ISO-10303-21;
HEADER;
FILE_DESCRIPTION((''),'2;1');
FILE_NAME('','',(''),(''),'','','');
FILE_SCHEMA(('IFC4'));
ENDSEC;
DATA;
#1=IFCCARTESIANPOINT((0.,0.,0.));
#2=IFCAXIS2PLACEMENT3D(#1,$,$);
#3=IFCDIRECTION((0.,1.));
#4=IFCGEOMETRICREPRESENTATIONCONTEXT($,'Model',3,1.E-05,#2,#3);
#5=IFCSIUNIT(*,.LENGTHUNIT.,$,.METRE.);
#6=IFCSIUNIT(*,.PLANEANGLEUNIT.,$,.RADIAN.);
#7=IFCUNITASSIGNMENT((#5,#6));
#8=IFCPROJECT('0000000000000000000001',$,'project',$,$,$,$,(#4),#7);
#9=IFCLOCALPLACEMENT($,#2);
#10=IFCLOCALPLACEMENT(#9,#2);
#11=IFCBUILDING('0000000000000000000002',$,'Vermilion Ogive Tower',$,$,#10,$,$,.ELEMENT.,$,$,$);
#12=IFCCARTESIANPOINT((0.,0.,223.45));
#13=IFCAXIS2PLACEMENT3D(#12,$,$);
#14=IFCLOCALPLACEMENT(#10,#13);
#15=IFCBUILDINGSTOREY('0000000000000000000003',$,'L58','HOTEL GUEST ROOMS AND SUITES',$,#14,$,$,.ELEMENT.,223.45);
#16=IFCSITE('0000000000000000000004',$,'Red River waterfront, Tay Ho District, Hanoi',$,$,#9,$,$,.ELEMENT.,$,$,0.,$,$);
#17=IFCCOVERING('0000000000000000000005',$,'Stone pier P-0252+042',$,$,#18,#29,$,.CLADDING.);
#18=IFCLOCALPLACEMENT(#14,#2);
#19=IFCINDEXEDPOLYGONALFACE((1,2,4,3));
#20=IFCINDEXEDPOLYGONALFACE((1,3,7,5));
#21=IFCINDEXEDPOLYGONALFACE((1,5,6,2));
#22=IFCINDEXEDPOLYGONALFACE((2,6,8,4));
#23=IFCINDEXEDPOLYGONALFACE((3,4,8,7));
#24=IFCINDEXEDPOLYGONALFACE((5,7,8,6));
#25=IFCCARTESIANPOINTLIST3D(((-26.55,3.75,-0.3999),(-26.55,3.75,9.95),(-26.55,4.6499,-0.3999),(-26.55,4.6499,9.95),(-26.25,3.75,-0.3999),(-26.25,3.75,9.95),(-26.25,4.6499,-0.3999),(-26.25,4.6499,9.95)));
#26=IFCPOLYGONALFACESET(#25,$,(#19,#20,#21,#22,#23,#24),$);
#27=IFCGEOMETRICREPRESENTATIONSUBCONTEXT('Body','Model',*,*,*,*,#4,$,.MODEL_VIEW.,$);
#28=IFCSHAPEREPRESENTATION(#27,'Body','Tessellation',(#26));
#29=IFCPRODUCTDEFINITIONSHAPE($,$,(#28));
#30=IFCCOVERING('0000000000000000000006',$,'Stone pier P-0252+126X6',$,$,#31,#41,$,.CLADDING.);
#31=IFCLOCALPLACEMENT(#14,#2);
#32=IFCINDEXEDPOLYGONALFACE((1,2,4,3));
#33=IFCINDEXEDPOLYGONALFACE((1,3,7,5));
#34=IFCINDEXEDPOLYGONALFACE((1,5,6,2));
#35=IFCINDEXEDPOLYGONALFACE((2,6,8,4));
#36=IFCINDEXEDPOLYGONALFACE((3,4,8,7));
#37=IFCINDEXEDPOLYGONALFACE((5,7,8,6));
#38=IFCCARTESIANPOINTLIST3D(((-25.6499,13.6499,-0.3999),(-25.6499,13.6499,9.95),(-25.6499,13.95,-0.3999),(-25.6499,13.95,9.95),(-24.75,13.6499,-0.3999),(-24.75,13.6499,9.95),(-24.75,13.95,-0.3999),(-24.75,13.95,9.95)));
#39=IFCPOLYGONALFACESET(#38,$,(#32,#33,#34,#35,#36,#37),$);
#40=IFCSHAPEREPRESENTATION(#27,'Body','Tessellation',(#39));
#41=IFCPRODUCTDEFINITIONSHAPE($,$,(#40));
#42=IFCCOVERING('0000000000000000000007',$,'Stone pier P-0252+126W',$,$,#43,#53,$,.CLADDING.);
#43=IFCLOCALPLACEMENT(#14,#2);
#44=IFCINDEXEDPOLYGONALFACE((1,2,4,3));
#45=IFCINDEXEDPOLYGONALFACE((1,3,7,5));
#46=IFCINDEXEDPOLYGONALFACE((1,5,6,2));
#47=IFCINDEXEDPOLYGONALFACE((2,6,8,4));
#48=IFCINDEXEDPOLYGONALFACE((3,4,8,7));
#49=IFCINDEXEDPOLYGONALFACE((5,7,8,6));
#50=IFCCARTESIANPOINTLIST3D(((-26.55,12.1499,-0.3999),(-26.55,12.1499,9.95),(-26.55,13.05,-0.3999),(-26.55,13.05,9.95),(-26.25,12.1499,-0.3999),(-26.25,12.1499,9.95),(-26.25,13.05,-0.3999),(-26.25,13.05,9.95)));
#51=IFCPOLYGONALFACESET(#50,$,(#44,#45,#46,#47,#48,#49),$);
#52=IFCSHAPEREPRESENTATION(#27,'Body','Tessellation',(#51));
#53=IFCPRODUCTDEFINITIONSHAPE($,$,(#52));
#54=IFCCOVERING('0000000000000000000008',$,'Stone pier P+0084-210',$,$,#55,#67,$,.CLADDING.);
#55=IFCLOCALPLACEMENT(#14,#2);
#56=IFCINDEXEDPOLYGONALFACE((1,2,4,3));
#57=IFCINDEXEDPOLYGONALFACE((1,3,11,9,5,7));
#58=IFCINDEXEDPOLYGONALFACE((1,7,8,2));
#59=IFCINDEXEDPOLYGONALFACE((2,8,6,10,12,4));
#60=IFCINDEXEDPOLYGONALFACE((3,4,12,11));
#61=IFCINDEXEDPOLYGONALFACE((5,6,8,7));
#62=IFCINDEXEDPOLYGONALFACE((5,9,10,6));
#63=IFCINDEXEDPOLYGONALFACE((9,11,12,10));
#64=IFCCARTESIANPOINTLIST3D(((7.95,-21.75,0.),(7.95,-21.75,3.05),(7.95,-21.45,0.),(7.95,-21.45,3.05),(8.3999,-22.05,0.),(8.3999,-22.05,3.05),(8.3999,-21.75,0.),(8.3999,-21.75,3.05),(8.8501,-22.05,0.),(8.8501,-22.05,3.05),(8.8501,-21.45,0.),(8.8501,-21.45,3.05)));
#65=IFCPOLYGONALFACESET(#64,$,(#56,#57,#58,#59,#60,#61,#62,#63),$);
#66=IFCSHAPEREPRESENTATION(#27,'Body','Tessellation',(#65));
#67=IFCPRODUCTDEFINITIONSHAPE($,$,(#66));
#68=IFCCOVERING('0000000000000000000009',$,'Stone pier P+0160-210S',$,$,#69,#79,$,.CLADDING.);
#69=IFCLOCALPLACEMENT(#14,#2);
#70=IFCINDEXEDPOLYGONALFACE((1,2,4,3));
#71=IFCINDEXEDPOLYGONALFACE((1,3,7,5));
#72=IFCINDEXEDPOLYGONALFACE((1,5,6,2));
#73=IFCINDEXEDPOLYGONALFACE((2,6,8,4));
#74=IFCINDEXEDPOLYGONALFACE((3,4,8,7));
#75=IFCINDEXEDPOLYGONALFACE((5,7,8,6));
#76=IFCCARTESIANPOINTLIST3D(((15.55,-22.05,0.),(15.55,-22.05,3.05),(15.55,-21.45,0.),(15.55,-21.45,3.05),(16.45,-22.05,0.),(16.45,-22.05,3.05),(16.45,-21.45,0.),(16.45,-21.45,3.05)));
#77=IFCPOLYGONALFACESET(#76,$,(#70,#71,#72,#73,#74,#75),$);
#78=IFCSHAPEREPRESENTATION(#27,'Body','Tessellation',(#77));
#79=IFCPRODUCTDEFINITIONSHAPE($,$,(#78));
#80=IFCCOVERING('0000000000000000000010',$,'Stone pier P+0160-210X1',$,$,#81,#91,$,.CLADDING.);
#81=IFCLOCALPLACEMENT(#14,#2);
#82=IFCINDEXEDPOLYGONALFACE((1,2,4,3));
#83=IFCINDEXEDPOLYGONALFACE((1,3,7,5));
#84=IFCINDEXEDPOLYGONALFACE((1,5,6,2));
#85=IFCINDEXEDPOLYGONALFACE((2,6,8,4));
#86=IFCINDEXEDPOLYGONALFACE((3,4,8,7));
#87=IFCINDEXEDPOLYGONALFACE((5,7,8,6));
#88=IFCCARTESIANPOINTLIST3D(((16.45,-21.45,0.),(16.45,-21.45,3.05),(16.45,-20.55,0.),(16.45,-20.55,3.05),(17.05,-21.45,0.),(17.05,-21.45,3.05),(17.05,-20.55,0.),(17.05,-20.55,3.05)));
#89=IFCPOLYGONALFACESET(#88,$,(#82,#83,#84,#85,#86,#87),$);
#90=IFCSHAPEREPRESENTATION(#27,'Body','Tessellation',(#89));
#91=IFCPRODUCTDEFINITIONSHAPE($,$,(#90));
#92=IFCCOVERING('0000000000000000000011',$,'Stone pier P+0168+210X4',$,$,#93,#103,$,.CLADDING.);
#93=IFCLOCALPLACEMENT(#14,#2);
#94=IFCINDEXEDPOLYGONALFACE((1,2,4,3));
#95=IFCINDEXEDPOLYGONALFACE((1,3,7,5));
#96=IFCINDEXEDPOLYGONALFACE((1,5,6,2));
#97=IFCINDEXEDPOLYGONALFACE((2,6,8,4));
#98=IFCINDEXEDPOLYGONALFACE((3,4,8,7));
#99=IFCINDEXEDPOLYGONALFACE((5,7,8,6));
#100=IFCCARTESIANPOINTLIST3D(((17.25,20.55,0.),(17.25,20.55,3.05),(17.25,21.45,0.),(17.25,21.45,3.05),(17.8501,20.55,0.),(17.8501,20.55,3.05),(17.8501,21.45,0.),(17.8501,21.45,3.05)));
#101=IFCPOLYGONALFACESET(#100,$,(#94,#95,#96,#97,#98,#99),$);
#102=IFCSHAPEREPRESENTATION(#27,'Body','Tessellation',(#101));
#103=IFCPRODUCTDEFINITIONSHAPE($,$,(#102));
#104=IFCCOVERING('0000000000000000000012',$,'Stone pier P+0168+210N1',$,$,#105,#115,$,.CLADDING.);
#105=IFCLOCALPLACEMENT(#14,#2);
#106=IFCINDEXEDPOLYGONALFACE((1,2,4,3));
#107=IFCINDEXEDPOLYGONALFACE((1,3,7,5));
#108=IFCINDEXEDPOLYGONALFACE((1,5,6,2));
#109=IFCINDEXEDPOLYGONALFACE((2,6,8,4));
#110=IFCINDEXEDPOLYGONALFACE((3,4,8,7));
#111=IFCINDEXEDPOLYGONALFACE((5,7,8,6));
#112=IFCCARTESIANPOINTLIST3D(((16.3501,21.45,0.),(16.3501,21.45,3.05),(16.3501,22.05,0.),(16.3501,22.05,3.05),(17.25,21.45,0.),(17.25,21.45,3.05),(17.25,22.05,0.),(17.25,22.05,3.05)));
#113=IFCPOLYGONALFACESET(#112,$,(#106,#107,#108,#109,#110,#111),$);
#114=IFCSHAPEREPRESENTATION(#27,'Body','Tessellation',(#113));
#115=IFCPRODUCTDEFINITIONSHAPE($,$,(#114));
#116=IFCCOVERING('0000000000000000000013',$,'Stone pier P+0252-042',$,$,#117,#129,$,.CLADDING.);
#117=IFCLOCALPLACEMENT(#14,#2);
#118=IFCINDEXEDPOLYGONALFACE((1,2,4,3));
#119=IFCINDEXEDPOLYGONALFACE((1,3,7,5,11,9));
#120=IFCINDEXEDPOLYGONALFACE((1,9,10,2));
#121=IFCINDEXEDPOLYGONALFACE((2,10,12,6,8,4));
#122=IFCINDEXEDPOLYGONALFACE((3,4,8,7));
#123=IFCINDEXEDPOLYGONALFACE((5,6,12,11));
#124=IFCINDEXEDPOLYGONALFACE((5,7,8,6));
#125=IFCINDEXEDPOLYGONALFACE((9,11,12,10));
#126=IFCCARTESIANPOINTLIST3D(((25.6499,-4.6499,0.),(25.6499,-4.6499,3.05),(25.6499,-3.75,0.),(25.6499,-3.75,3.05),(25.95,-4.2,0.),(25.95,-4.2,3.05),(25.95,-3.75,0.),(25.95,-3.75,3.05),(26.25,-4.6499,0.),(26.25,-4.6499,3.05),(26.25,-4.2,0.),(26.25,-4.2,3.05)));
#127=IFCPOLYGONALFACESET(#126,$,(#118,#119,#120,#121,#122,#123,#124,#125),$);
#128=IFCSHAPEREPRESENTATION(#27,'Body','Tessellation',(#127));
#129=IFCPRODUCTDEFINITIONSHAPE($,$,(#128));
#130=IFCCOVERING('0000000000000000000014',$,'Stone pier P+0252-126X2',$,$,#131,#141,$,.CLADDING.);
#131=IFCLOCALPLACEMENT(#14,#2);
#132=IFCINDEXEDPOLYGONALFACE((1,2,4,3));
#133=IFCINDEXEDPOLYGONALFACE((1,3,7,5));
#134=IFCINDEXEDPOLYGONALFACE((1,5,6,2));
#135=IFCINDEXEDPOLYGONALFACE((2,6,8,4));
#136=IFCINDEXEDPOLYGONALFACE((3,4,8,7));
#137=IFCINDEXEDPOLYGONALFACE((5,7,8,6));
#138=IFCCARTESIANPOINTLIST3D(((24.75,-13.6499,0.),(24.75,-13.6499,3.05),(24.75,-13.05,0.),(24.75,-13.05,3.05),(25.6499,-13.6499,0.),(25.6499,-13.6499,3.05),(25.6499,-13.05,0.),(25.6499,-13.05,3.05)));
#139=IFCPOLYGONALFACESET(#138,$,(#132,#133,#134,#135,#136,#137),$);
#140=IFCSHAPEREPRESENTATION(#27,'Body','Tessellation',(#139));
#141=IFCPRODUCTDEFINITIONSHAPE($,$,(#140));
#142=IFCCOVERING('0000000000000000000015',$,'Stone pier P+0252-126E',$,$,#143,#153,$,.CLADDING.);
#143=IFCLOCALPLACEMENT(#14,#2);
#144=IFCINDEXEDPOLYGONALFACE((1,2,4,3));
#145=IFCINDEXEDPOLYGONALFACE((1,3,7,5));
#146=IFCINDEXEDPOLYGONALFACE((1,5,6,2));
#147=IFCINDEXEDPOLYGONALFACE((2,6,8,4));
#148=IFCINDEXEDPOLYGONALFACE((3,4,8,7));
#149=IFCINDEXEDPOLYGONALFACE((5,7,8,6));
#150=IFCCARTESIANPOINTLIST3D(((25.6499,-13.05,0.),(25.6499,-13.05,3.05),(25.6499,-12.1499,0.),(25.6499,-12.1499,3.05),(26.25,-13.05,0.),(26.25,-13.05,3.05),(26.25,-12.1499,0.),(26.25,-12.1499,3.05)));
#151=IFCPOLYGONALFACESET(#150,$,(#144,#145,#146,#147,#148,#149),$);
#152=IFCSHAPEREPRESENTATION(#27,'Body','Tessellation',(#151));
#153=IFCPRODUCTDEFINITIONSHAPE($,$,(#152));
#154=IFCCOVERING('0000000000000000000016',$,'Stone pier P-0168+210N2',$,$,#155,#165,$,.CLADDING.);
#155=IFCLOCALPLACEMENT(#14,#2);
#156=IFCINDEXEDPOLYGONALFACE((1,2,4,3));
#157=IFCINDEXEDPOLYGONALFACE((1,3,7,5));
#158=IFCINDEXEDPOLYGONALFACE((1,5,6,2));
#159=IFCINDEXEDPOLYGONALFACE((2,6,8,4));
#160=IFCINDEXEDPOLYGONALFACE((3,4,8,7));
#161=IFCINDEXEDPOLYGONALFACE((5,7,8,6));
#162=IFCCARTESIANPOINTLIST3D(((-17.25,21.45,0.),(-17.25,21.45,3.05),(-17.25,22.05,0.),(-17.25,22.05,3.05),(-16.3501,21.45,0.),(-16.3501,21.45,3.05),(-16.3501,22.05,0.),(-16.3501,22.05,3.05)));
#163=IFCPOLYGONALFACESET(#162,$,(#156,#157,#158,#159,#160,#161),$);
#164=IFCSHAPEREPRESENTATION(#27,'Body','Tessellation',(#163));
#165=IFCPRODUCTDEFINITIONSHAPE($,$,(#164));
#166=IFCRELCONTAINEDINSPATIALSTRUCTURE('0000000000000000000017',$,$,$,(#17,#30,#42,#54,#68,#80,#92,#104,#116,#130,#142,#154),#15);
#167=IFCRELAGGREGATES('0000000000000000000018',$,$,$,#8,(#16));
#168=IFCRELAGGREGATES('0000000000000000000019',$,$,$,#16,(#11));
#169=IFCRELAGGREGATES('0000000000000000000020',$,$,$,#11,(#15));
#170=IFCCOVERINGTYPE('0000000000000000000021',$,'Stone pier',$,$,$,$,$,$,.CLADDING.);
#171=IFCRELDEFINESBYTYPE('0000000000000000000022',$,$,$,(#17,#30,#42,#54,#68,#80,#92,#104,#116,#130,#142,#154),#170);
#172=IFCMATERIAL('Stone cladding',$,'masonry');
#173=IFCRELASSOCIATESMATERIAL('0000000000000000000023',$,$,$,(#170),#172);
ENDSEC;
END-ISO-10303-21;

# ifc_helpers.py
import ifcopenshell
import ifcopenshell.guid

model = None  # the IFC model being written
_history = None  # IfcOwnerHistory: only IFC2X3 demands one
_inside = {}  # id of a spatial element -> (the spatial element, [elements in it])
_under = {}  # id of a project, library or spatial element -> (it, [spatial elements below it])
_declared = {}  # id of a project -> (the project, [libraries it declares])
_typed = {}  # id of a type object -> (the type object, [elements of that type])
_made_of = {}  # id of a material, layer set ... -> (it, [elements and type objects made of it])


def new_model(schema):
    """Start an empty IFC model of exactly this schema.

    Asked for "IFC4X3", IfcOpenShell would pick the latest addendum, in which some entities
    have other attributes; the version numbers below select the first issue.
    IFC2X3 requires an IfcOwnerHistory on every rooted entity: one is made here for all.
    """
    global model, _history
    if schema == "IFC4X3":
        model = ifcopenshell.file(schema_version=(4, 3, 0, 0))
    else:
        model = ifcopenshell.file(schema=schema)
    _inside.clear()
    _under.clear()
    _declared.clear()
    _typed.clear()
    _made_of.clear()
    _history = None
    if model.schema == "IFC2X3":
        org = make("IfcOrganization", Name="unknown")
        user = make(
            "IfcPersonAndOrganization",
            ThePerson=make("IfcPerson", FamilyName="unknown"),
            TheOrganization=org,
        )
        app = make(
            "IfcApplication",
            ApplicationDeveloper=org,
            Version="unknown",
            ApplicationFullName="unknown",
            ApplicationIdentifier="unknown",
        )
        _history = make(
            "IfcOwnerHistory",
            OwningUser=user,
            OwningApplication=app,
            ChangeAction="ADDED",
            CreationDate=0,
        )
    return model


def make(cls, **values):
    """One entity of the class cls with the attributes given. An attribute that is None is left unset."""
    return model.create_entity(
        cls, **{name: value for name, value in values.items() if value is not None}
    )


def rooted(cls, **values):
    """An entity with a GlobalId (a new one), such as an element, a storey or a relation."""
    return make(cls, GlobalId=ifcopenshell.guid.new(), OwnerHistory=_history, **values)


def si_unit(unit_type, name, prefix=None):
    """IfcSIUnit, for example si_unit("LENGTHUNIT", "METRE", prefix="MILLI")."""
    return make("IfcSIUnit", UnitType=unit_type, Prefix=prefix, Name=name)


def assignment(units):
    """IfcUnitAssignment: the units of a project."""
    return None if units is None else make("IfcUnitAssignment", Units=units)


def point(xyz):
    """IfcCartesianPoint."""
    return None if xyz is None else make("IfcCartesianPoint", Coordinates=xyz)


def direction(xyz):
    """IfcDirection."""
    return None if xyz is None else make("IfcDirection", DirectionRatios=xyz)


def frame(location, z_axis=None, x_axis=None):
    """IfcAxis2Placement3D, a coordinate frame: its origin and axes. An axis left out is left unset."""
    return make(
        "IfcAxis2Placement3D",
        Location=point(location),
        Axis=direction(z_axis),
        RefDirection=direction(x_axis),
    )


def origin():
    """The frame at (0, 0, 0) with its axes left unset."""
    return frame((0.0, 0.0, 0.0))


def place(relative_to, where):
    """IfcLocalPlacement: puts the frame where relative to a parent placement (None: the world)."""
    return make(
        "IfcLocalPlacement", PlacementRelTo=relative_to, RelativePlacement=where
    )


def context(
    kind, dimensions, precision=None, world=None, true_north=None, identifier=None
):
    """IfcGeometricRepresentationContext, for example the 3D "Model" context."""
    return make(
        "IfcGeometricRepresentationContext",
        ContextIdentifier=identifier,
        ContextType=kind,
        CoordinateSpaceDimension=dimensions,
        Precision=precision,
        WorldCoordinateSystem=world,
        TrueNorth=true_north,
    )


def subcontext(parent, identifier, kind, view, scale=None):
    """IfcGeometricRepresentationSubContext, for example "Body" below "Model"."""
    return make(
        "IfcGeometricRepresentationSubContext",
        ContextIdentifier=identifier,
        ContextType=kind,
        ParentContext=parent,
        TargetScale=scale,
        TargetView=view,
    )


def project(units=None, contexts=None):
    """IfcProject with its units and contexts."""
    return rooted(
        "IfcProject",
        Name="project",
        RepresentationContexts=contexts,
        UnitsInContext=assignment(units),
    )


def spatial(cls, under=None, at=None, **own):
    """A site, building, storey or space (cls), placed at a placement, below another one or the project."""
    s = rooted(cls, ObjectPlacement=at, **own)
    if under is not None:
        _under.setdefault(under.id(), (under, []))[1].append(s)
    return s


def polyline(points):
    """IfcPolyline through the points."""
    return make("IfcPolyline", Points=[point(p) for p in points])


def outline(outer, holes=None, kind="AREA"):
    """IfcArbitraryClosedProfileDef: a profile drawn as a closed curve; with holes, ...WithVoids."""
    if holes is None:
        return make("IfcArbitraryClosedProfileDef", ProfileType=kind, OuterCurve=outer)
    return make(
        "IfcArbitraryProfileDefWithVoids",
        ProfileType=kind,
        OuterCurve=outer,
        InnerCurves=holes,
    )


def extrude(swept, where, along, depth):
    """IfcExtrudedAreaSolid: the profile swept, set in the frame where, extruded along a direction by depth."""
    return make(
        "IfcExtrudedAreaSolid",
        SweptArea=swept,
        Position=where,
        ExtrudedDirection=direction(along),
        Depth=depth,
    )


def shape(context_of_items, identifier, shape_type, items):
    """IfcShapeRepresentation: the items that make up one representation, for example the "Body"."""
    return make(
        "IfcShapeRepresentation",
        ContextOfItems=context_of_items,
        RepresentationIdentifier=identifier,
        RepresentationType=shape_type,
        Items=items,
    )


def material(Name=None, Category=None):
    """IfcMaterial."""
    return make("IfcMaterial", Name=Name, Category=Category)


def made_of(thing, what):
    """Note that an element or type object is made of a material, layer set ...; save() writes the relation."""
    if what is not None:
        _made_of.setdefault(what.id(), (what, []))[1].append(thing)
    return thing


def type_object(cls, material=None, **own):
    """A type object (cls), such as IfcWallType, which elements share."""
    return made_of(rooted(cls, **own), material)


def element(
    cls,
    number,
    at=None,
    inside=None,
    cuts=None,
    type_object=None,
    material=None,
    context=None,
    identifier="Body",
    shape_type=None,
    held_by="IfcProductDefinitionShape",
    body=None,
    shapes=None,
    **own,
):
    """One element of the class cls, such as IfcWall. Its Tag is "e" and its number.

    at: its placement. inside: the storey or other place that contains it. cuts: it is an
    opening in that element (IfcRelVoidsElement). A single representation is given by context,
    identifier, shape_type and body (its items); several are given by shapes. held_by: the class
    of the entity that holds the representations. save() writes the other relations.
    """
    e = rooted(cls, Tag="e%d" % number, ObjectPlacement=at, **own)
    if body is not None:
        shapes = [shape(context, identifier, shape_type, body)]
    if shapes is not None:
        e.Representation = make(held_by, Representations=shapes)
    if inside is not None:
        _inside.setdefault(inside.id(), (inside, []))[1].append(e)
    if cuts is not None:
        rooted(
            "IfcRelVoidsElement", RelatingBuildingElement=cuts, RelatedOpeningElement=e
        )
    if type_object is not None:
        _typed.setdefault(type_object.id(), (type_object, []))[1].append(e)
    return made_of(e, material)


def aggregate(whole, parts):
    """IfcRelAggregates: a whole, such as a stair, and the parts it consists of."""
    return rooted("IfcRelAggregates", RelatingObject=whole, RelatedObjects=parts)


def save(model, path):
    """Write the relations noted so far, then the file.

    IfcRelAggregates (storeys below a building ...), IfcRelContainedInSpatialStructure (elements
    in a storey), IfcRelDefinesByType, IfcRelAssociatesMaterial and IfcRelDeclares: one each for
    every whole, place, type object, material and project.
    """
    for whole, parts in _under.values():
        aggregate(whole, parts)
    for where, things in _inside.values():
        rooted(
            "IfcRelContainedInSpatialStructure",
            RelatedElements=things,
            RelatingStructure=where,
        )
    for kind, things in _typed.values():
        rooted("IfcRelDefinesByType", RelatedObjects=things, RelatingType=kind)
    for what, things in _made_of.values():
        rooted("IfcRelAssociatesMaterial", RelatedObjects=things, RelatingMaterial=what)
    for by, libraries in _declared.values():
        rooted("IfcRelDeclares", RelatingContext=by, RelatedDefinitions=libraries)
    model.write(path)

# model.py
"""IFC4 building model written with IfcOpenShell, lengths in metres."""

from ifc_helpers import new_model, si_unit, direction, frame, origin, place, context, subcontext, project, spatial, polyline, outline, extrude, material, type_object, element, save


model = new_model("IFC4")

# Units and contexts
model_context = context("Model", 3, precision=1e-05, world=origin(), true_north=direction((0.0, 1.0)))
body_context = subcontext(model_context, "Body", "Model", "MODEL_VIEW")
ifc_project = project(units=[si_unit("LENGTHUNIT", "METRE"), si_unit("PLANEANGLEUNIT", "RADIAN")], contexts=[model_context])

# Site, building, storey
site_placement = place(None, origin())
site = spatial("IfcSite", under=ifc_project, at=site_placement, Name="Red River waterfront, Tay Ho District, Hanoi", CompositionType="ELEMENT", RefElevation=0.0)
building_placement = place(site_placement, origin())
building = spatial("IfcBuilding", under=site, at=building_placement, Name="Vermilion Ogive Tower", CompositionType="ELEMENT")
storey_placement = place(building_placement, frame((0.0, 0.0, 223.45)))
storey = spatial("IfcBuildingStorey", under=building, at=storey_placement, Name="L58", Description="HOTEL GUEST ROOMS AND SUITES", CompositionType="ELEMENT", Elevation=223.45)

# Coverings
ifc_material_1 = material(Name="Stone cladding", Category="masonry")
covering_type_1 = type_object("IfcCoveringType", Name="Stone pier", PredefinedType="CLADDING", material=ifc_material_1)
covering_1_placement = place(storey_placement, frame((0.0, 0.0, -0.3999)))
element("IfcCovering", 1, at=covering_1_placement, inside=storey, type_object=covering_type_1, Name="Stone pier P-0252+042", PredefinedType="CLADDING", context=body_context, shape_type="SweptSolid", body=[
    extrude(outline(polyline([(-26.55, 3.75), (-26.55, 4.6499), (-26.25, 4.6499), (-26.25, 3.75), (-26.55, 3.75)])), origin(), (0.0, 0.0, 1.0), 10.3499),
])
covering_2_placement = place(storey_placement, frame((0.0, 0.0, -0.3999)))
element("IfcCovering", 2, at=covering_2_placement, inside=storey, type_object=covering_type_1, Name="Stone pier P-0252+126X6", PredefinedType="CLADDING", context=body_context, shape_type="SweptSolid", body=[
    extrude(outline(polyline([(-25.6499, 13.95), (-24.75, 13.95), (-24.75, 13.6499), (-25.6499, 13.6499), (-25.6499, 13.95)])), origin(), (0.0, 0.0, 1.0), 10.3499),
])
covering_3_placement = place(storey_placement, frame((0.0, 0.0, -0.3999)))
element("IfcCovering", 3, at=covering_3_placement, inside=storey, type_object=covering_type_1, Name="Stone pier P-0252+126W", PredefinedType="CLADDING", context=body_context, shape_type="SweptSolid", body=[
    extrude(outline(polyline([(-26.55, 13.05), (-26.25, 13.05), (-26.25, 12.1499), (-26.55, 12.1499), (-26.55, 13.05)])), origin(), (0.0, 0.0, 1.0), 10.3499),
])
covering_4_placement = place(storey_placement, origin())
element("IfcCovering", 4, at=covering_4_placement, inside=storey, type_object=covering_type_1, Name="Stone pier P+0084-210", PredefinedType="CLADDING", context=body_context, shape_type="SweptSolid", body=[
    extrude(outline(polyline([(8.8501, -21.45), (8.8501, -22.05), (8.3999, -22.05), (8.3999, -21.75), (7.95, -21.75), (7.95, -21.45), (7.95, -21.45), (8.8501, -21.45)])), origin(), (0.0, 0.0, 1.0), 3.05),
])
covering_5_placement = place(storey_placement, origin())
element("IfcCovering", 5, at=covering_5_placement, inside=storey, type_object=covering_type_1, Name="Stone pier P+0160-210S", PredefinedType="CLADDING", context=body_context, shape_type="SweptSolid", body=[
    extrude(outline(polyline([(16.45, -21.45), (16.45, -21.45), (16.45, -22.05), (15.55, -22.05), (15.55, -21.45), (15.55, -21.45), (16.45, -21.45)])), origin(), (0.0, 0.0, 1.0), 3.05),
])
covering_6_placement = place(storey_placement, origin())
element("IfcCovering", 6, at=covering_6_placement, inside=storey, type_object=covering_type_1, Name="Stone pier P+0160-210X1", PredefinedType="CLADDING", context=body_context, shape_type="SweptSolid", body=[
    extrude(outline(polyline([(17.05, -21.45), (16.45, -21.45), (16.45, -21.45), (16.45, -20.55), (17.05, -20.55), (17.05, -21.45)])), origin(), (0.0, 0.0, 1.0), 3.05),
])
covering_7_placement = place(storey_placement, origin())
element("IfcCovering", 7, at=covering_7_placement, inside=storey, type_object=covering_type_1, Name="Stone pier P+0168+210X4", PredefinedType="CLADDING", context=body_context, shape_type="SweptSolid", body=[
    extrude(outline(polyline([(17.8501, 21.45), (17.8501, 20.55), (17.25, 20.55), (17.25, 21.45), (17.8501, 21.45)])), origin(), (0.0, 0.0, 1.0), 3.05),
])
covering_8_placement = place(storey_placement, origin())
element("IfcCovering", 8, at=covering_8_placement, inside=storey, type_object=covering_type_1, Name="Stone pier P+0168+210N1", PredefinedType="CLADDING", context=body_context, shape_type="SweptSolid", body=[
    extrude(outline(polyline([(17.25, 22.05), (17.25, 21.45), (16.3501, 21.45), (16.3501, 22.05), (17.25, 22.05)])), origin(), (0.0, 0.0, 1.0), 3.05),
])
covering_9_placement = place(storey_placement, origin())
element("IfcCovering", 9, at=covering_9_placement, inside=storey, type_object=covering_type_1, Name="Stone pier P+0252-042", PredefinedType="CLADDING", context=body_context, shape_type="SweptSolid", body=[
    extrude(outline(polyline([(25.95, -3.75), (25.95, -4.2), (26.25, -4.2), (26.25, -4.6499), (25.6499, -4.6499), (25.6499, -3.75), (25.95, -3.75)])), origin(), (0.0, 0.0, 1.0), 3.05),
])
covering_10_placement = place(storey_placement, origin())
element("IfcCovering", 10, at=covering_10_placement, inside=storey, type_object=covering_type_1, Name="Stone pier P+0252-126X2", PredefinedType="CLADDING", context=body_context, shape_type="SweptSolid", body=[
    extrude(outline(polyline([(25.6499, -13.6499), (24.75, -13.6499), (24.75, -13.05), (25.6499, -13.05), (25.6499, -13.6499)])), origin(), (0.0, 0.0, 1.0), 3.05),
])
covering_11_placement = place(storey_placement, origin())
element("IfcCovering", 11, at=covering_11_placement, inside=storey, type_object=covering_type_1, Name="Stone pier P+0252-126E", PredefinedType="CLADDING", context=body_context, shape_type="SweptSolid", body=[
    extrude(outline(polyline([(26.25, -13.05), (25.6499, -13.05), (25.6499, -12.1499), (26.25, -12.1499), (26.25, -13.05)])), origin(), (0.0, 0.0, 1.0), 3.05),
])
covering_12_placement = place(storey_placement, origin())
element("IfcCovering", 12, at=covering_12_placement, inside=storey, type_object=covering_type_1, Name="Stone pier P-0168+210N2", PredefinedType="CLADDING", context=body_context, shape_type="SweptSolid", body=[
    extrude(outline(polyline([(-17.25, 21.45), (-17.25, 22.05), (-16.3501, 22.05), (-16.3501, 21.45), (-17.25, 21.45), (-17.25, 21.45)])), origin(), (0.0, 0.0, 1.0), 3.05),
])

save(model, "model.ifc")
